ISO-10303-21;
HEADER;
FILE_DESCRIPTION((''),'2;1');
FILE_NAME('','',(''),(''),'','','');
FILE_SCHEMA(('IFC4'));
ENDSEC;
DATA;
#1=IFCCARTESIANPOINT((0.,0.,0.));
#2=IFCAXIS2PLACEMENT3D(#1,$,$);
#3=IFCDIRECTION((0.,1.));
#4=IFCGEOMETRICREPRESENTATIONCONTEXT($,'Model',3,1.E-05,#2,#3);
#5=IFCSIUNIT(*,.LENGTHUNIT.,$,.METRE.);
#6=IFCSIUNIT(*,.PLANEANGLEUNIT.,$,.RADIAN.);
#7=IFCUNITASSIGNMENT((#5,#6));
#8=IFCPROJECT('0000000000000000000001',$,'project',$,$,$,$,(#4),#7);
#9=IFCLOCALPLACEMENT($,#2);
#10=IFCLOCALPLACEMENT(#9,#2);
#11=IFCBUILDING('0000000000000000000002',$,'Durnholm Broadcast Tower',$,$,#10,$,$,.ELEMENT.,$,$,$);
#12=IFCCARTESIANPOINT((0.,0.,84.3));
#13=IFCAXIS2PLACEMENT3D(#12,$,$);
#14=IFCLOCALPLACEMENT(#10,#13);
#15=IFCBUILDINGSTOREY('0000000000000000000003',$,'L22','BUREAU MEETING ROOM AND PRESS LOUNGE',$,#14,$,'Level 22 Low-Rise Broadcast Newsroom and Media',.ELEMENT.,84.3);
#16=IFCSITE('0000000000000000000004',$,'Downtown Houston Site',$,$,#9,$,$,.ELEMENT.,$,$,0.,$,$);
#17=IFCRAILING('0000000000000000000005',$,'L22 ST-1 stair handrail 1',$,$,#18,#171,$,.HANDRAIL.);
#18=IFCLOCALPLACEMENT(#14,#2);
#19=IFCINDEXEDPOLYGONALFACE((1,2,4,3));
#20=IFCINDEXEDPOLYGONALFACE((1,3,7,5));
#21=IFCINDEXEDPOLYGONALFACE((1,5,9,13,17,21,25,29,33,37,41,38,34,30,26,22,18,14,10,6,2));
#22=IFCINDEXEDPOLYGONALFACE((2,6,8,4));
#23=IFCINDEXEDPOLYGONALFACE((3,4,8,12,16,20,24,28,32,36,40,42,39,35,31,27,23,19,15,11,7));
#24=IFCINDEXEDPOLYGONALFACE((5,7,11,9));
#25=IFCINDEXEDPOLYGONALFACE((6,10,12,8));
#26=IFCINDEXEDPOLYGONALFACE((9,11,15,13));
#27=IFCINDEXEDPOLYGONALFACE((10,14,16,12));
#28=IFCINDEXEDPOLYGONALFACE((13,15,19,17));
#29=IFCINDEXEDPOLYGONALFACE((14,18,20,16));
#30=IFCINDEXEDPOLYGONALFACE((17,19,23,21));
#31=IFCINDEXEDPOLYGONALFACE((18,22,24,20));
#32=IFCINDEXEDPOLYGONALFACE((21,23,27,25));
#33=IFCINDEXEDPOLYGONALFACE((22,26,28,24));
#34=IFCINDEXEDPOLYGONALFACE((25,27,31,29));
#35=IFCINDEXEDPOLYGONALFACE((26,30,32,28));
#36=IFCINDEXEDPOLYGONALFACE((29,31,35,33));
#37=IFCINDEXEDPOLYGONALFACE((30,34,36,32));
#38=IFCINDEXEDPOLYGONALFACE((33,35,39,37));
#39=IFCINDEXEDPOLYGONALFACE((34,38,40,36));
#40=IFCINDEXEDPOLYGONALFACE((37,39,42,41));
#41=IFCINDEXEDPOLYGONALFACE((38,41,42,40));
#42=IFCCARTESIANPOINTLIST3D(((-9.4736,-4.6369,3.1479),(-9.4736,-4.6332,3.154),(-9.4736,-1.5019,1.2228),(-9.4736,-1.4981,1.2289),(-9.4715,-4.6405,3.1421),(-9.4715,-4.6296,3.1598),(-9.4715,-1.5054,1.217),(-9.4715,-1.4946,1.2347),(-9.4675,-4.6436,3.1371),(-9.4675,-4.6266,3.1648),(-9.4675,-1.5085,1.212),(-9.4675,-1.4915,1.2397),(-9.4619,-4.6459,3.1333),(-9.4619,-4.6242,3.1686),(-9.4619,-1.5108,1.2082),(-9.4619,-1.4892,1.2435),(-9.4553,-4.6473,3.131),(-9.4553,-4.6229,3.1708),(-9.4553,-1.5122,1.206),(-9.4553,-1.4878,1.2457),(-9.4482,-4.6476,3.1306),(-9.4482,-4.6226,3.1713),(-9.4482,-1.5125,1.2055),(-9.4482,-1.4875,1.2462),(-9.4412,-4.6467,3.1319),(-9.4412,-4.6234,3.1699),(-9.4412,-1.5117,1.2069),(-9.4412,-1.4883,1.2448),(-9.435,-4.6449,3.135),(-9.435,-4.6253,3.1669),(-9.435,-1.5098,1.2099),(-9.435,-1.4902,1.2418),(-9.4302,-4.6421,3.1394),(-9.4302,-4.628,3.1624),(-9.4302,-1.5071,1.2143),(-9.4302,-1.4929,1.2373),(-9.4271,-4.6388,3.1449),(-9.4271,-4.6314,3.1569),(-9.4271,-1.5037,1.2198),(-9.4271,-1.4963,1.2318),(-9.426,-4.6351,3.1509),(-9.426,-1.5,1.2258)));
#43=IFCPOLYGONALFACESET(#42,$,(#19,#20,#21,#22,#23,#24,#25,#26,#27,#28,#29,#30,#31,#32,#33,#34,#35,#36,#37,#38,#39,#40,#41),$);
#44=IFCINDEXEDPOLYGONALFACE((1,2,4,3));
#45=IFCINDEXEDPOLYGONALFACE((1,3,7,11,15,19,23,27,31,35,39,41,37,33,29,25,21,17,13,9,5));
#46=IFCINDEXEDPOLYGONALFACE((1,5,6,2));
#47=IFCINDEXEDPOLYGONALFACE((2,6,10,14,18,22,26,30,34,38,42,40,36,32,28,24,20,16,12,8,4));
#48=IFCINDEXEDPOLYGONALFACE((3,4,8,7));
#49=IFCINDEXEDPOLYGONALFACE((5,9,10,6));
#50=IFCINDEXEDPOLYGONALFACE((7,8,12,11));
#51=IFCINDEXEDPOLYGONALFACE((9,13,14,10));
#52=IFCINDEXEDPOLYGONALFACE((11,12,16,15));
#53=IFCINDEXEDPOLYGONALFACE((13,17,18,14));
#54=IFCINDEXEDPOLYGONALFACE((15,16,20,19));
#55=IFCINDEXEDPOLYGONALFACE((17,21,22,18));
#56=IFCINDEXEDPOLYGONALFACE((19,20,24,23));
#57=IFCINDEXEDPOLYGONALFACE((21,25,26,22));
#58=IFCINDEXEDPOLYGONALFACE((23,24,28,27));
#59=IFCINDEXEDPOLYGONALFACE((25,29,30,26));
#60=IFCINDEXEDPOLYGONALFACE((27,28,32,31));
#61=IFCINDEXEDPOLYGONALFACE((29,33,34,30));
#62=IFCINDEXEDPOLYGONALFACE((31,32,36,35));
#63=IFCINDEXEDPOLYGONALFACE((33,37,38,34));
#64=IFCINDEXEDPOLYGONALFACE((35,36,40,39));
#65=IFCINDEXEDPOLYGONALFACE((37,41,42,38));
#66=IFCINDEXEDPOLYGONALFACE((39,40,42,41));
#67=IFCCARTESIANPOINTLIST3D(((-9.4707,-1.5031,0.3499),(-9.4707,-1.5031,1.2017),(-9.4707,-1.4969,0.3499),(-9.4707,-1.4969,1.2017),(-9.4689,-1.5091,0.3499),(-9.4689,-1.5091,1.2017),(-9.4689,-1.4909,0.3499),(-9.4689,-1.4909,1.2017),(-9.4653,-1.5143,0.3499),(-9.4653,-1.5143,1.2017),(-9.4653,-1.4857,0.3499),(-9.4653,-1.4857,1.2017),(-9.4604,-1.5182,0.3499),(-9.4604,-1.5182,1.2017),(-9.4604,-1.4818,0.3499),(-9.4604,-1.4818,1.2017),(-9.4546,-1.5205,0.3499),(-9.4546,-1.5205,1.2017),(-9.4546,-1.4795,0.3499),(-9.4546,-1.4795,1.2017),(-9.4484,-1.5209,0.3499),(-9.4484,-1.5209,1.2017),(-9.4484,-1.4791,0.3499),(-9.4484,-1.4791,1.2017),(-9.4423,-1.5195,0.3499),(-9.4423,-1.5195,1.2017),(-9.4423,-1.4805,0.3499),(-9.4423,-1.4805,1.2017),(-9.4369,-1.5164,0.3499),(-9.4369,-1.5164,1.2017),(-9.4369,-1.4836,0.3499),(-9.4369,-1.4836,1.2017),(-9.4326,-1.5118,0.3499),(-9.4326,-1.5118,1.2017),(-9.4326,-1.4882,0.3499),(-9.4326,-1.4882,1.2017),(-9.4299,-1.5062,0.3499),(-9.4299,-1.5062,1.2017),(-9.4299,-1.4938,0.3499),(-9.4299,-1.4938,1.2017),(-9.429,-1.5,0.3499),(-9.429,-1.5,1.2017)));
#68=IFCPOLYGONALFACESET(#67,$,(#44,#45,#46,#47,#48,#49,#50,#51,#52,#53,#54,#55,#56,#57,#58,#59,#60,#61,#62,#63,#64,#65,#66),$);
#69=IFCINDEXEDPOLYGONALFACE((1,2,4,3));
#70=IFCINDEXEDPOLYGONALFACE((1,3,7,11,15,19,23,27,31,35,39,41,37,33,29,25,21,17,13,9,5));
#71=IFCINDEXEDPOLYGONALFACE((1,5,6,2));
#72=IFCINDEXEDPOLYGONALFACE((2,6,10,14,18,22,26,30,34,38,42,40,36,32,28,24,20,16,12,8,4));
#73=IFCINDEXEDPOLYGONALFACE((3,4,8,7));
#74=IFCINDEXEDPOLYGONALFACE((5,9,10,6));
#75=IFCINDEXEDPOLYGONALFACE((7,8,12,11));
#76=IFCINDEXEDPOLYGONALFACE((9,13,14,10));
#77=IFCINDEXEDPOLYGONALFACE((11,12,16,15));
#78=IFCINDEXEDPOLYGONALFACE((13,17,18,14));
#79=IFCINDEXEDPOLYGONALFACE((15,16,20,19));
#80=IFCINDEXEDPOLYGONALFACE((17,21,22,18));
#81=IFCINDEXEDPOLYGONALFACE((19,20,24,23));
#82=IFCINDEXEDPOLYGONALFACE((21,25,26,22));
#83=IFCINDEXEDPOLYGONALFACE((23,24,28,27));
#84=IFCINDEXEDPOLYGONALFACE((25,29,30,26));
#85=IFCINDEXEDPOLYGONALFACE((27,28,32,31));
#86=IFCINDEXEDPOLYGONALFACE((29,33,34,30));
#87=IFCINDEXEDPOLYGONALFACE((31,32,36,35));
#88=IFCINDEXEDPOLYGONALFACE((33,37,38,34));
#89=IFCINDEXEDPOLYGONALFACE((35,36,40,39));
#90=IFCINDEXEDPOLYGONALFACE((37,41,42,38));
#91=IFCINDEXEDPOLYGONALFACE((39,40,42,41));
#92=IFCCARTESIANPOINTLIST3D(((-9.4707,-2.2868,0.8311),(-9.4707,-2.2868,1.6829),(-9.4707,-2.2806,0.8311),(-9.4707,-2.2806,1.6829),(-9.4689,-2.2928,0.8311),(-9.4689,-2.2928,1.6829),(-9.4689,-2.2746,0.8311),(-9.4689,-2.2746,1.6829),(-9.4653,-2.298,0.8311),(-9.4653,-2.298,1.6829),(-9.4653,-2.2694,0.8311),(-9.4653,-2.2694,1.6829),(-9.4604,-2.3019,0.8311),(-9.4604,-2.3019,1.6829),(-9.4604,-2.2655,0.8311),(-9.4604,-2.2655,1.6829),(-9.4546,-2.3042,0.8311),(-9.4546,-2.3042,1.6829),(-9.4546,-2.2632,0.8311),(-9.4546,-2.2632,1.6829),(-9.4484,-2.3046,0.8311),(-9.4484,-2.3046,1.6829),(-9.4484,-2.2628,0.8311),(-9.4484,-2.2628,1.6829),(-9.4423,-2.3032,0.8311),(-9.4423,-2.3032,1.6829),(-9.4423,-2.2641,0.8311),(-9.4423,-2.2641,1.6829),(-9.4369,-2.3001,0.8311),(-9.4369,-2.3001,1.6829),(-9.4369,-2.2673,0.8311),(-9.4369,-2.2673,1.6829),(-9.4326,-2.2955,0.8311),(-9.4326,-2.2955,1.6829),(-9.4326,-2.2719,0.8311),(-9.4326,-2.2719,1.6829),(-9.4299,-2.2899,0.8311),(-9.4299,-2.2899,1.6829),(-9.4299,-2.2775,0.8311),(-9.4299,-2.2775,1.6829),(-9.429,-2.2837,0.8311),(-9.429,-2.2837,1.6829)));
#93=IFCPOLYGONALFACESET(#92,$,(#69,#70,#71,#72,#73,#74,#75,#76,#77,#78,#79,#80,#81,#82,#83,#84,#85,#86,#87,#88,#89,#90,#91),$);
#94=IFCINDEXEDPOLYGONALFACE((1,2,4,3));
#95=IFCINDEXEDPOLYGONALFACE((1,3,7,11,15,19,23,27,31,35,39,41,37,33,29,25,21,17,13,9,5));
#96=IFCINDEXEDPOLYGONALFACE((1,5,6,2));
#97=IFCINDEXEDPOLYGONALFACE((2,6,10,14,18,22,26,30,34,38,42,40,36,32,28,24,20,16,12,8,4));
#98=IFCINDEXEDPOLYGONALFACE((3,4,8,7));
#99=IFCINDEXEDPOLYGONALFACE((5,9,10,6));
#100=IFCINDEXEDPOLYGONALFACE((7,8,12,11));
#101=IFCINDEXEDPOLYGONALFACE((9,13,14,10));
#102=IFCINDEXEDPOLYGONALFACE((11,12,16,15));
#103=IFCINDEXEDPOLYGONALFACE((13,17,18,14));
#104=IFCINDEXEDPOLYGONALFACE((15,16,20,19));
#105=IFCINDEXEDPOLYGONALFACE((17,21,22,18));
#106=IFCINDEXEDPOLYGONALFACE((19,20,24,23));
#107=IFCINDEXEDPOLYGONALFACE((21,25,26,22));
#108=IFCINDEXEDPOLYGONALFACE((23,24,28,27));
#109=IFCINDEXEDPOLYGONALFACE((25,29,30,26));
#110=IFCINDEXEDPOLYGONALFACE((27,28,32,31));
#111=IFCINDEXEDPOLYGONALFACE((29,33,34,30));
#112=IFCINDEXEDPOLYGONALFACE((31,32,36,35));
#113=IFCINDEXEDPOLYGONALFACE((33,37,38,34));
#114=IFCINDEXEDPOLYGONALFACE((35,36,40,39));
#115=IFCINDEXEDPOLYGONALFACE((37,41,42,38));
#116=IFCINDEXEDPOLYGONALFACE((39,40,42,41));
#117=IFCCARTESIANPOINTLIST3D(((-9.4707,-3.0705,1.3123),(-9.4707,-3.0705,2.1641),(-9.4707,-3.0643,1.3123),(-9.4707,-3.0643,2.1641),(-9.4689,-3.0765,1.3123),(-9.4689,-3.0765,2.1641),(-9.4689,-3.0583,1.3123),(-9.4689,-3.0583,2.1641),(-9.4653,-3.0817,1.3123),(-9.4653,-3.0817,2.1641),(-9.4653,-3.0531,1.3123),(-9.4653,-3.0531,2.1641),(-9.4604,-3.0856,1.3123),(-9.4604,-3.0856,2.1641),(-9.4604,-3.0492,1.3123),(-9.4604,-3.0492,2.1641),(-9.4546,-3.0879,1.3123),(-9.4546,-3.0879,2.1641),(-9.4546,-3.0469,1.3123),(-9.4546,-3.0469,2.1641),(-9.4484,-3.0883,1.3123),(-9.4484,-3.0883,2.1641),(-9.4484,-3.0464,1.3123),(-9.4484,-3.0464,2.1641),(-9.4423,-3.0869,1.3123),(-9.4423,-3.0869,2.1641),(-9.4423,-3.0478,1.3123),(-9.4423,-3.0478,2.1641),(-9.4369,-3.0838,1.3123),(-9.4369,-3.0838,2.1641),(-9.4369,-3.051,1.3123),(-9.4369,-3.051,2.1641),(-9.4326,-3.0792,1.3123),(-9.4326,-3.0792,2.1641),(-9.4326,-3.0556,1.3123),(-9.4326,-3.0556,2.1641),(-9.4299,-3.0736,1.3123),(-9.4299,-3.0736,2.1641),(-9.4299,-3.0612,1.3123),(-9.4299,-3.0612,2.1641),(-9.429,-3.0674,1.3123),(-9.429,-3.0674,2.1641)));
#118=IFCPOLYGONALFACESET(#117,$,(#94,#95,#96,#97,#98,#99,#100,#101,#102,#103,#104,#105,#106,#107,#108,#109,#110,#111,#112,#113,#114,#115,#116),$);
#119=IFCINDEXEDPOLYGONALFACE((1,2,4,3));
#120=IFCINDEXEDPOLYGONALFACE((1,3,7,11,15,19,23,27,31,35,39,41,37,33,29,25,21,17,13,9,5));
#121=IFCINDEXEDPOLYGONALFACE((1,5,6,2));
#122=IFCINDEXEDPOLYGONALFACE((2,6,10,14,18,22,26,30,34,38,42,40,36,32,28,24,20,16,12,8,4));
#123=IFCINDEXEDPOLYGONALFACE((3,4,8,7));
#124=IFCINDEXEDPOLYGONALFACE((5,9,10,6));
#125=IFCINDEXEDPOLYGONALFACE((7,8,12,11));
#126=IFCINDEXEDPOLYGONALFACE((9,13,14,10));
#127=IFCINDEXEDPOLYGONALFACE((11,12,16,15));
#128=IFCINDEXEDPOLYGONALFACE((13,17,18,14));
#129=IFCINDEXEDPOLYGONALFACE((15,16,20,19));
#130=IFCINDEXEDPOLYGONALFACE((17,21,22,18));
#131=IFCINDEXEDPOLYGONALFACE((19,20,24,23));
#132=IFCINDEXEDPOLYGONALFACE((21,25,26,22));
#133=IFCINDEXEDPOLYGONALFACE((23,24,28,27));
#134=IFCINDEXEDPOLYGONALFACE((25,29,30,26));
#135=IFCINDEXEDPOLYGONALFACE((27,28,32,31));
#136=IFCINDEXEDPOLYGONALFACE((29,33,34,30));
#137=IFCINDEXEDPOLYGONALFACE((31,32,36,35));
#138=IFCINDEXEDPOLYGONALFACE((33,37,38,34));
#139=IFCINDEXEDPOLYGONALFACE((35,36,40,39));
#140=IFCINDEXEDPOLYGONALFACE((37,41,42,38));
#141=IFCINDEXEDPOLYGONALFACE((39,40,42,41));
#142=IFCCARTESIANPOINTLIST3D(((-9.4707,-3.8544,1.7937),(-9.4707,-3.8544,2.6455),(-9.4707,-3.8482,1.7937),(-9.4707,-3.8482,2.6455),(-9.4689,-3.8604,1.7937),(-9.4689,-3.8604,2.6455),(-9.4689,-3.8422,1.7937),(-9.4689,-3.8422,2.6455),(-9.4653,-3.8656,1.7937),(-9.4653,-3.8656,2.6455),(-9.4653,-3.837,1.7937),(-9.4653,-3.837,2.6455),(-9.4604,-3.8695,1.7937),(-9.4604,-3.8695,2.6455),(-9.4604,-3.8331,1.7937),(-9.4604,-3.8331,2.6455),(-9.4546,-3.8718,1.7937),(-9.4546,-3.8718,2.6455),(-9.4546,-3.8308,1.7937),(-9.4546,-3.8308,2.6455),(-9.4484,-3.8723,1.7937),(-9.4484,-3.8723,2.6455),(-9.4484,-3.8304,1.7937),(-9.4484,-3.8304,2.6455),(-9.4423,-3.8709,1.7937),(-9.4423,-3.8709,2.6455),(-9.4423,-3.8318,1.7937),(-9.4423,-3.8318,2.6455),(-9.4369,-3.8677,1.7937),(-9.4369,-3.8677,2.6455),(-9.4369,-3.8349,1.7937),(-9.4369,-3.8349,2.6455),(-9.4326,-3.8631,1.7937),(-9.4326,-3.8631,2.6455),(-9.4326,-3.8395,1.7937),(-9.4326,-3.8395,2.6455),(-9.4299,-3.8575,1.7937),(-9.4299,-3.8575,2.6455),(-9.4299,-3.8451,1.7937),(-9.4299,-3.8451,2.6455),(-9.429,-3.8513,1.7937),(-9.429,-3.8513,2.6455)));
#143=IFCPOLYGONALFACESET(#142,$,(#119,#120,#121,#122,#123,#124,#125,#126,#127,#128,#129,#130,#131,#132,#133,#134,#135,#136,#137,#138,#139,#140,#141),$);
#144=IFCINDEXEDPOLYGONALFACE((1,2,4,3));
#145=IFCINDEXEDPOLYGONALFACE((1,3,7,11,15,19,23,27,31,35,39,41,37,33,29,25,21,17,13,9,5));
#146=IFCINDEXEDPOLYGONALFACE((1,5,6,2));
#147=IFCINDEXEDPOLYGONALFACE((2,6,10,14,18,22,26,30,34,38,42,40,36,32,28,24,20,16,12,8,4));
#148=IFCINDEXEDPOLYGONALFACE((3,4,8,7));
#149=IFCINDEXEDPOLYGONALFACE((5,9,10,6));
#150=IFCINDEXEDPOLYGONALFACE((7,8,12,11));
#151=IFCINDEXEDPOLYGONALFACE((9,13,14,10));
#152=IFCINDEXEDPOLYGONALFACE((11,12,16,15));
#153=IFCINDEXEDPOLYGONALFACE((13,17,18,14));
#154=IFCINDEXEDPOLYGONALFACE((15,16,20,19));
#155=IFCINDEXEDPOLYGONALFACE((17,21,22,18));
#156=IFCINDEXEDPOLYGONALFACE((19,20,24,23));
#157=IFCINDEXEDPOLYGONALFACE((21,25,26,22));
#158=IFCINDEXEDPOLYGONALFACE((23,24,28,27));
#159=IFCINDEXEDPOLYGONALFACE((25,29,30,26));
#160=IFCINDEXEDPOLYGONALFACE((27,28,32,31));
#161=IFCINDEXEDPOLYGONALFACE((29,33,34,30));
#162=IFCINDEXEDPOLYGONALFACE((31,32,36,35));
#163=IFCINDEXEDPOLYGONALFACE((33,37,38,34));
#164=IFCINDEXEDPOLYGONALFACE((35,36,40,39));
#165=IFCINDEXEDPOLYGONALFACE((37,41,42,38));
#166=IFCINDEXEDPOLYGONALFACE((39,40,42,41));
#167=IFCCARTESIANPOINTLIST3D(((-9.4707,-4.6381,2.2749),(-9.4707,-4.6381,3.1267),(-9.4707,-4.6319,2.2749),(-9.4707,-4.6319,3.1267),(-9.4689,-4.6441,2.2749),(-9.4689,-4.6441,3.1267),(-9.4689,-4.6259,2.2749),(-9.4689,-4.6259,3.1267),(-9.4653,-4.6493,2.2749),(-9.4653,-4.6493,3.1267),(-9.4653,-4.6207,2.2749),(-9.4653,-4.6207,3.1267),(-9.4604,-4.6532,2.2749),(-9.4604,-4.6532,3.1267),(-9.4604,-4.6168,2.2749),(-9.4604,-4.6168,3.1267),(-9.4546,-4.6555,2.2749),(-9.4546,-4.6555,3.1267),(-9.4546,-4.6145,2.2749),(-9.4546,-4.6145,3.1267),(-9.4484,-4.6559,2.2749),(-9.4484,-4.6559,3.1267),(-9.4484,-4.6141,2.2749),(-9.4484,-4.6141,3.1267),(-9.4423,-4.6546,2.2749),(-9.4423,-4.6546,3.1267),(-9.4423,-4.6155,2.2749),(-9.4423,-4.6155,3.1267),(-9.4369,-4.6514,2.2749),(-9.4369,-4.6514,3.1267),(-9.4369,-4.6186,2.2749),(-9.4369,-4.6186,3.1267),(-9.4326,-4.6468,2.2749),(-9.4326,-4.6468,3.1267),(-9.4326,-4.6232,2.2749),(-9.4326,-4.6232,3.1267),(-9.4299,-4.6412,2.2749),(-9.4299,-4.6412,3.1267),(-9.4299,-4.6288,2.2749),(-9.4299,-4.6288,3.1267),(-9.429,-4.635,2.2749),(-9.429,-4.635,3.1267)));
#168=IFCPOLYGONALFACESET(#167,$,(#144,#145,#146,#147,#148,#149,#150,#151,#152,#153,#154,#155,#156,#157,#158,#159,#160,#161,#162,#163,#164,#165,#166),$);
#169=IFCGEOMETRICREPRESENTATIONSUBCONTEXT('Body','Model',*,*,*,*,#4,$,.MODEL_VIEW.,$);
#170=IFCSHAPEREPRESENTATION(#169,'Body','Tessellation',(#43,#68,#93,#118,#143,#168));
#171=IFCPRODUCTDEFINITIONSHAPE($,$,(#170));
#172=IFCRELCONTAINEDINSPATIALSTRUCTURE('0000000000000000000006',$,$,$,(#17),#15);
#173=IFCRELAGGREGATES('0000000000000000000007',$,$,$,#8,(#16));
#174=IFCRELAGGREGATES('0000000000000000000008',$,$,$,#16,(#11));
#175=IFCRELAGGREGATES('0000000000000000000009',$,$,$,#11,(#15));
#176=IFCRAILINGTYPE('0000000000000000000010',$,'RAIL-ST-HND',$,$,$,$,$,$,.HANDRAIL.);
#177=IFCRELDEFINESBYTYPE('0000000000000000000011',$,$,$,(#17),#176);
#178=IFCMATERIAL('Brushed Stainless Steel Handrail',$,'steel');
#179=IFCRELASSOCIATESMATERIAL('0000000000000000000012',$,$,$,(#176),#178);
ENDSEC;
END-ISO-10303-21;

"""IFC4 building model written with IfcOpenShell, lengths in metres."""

from ifc_helpers import new_model, si_unit, direction, frame, origin, origin_2d, place, context, subcontext, project, spatial, circle, extrude, material, type_object, element, save


model = new_model("IFC4")

# Units and contexts
model_context = context("Model", 3, precision=1e-05, world=origin(), true_north=direction((0.0, 1.0)))
body_context = subcontext(model_context, "Body", "Model", "MODEL_VIEW")
ifc_project = project(units=[si_unit("LENGTHUNIT", "METRE"), si_unit("PLANEANGLEUNIT", "RADIAN")], contexts=[model_context])

# Site, building, storey
site_placement = place(None, origin())
site = spatial("IfcSite", under=ifc_project, at=site_placement, Name="Downtown Houston Site", CompositionType="ELEMENT", RefElevation=0.0)
building_placement = place(site_placement, origin())
building = spatial("IfcBuilding", under=site, at=building_placement, Name="Durnholm Broadcast Tower", CompositionType="ELEMENT")
storey_placement = place(building_placement, frame((0.0, 0.0, 84.3)))
storey = spatial("IfcBuildingStorey", under=building, at=storey_placement, Name="L22", Description="BUREAU MEETING ROOM AND PRESS LOUNGE", LongName="Level 22 Low-Rise Broadcast Newsroom and Media", CompositionType="ELEMENT", Elevation=84.3)

# Railing
ifc_material_1 = material(Name="Brushed Stainless Steel Handrail", Category="steel")
railing_type_1 = type_object("IfcRailingType", Name="RAIL-ST-HND", PredefinedType="HANDRAIL", material=ifc_material_1)
railing_1_placement = place(storey_placement, frame((-9.45, -1.5, 0.3499)))
element("IfcRailing", 1, at=railing_1_placement, inside=storey, type_object=railing_type_1, Name="L22 ST-1 stair handrail 1", PredefinedType="HANDRAIL", context=body_context, shape_type="SweptSolid", body=[
    extrude(circle(Radius=0.0239, at=origin_2d()), frame((0.0, 0.0, 0.876), z_axis=(0.0, -0.852166, 0.523271), x_axis=(1.0, 0.0, 0.0)), (0.0, 0.0, 1.0), 3.679),
    extrude(circle(Radius=0.021, at=origin_2d()), origin(), (0.0, 0.0, 1.0), 0.8518),
    extrude(circle(Radius=0.021, at=origin_2d()), frame((0.0, -0.7837, 0.4812)), (0.0, 0.0, 1.0), 0.8518),
    extrude(circle(Radius=0.021, at=origin_2d()), frame((0.0, -1.5674, 0.9624)), (0.0, 0.0, 1.0), 0.8518),
    extrude(circle(Radius=0.021, at=origin_2d()), frame((0.0, -2.3513, 1.4438)), (0.0, 0.0, 1.0), 0.8518),
    extrude(circle(Radius=0.021, at=origin_2d()), frame((0.0, -3.135, 1.925)), (0.0, 0.0, 1.0), 0.8518),
])

save(model, "model.ifc")
